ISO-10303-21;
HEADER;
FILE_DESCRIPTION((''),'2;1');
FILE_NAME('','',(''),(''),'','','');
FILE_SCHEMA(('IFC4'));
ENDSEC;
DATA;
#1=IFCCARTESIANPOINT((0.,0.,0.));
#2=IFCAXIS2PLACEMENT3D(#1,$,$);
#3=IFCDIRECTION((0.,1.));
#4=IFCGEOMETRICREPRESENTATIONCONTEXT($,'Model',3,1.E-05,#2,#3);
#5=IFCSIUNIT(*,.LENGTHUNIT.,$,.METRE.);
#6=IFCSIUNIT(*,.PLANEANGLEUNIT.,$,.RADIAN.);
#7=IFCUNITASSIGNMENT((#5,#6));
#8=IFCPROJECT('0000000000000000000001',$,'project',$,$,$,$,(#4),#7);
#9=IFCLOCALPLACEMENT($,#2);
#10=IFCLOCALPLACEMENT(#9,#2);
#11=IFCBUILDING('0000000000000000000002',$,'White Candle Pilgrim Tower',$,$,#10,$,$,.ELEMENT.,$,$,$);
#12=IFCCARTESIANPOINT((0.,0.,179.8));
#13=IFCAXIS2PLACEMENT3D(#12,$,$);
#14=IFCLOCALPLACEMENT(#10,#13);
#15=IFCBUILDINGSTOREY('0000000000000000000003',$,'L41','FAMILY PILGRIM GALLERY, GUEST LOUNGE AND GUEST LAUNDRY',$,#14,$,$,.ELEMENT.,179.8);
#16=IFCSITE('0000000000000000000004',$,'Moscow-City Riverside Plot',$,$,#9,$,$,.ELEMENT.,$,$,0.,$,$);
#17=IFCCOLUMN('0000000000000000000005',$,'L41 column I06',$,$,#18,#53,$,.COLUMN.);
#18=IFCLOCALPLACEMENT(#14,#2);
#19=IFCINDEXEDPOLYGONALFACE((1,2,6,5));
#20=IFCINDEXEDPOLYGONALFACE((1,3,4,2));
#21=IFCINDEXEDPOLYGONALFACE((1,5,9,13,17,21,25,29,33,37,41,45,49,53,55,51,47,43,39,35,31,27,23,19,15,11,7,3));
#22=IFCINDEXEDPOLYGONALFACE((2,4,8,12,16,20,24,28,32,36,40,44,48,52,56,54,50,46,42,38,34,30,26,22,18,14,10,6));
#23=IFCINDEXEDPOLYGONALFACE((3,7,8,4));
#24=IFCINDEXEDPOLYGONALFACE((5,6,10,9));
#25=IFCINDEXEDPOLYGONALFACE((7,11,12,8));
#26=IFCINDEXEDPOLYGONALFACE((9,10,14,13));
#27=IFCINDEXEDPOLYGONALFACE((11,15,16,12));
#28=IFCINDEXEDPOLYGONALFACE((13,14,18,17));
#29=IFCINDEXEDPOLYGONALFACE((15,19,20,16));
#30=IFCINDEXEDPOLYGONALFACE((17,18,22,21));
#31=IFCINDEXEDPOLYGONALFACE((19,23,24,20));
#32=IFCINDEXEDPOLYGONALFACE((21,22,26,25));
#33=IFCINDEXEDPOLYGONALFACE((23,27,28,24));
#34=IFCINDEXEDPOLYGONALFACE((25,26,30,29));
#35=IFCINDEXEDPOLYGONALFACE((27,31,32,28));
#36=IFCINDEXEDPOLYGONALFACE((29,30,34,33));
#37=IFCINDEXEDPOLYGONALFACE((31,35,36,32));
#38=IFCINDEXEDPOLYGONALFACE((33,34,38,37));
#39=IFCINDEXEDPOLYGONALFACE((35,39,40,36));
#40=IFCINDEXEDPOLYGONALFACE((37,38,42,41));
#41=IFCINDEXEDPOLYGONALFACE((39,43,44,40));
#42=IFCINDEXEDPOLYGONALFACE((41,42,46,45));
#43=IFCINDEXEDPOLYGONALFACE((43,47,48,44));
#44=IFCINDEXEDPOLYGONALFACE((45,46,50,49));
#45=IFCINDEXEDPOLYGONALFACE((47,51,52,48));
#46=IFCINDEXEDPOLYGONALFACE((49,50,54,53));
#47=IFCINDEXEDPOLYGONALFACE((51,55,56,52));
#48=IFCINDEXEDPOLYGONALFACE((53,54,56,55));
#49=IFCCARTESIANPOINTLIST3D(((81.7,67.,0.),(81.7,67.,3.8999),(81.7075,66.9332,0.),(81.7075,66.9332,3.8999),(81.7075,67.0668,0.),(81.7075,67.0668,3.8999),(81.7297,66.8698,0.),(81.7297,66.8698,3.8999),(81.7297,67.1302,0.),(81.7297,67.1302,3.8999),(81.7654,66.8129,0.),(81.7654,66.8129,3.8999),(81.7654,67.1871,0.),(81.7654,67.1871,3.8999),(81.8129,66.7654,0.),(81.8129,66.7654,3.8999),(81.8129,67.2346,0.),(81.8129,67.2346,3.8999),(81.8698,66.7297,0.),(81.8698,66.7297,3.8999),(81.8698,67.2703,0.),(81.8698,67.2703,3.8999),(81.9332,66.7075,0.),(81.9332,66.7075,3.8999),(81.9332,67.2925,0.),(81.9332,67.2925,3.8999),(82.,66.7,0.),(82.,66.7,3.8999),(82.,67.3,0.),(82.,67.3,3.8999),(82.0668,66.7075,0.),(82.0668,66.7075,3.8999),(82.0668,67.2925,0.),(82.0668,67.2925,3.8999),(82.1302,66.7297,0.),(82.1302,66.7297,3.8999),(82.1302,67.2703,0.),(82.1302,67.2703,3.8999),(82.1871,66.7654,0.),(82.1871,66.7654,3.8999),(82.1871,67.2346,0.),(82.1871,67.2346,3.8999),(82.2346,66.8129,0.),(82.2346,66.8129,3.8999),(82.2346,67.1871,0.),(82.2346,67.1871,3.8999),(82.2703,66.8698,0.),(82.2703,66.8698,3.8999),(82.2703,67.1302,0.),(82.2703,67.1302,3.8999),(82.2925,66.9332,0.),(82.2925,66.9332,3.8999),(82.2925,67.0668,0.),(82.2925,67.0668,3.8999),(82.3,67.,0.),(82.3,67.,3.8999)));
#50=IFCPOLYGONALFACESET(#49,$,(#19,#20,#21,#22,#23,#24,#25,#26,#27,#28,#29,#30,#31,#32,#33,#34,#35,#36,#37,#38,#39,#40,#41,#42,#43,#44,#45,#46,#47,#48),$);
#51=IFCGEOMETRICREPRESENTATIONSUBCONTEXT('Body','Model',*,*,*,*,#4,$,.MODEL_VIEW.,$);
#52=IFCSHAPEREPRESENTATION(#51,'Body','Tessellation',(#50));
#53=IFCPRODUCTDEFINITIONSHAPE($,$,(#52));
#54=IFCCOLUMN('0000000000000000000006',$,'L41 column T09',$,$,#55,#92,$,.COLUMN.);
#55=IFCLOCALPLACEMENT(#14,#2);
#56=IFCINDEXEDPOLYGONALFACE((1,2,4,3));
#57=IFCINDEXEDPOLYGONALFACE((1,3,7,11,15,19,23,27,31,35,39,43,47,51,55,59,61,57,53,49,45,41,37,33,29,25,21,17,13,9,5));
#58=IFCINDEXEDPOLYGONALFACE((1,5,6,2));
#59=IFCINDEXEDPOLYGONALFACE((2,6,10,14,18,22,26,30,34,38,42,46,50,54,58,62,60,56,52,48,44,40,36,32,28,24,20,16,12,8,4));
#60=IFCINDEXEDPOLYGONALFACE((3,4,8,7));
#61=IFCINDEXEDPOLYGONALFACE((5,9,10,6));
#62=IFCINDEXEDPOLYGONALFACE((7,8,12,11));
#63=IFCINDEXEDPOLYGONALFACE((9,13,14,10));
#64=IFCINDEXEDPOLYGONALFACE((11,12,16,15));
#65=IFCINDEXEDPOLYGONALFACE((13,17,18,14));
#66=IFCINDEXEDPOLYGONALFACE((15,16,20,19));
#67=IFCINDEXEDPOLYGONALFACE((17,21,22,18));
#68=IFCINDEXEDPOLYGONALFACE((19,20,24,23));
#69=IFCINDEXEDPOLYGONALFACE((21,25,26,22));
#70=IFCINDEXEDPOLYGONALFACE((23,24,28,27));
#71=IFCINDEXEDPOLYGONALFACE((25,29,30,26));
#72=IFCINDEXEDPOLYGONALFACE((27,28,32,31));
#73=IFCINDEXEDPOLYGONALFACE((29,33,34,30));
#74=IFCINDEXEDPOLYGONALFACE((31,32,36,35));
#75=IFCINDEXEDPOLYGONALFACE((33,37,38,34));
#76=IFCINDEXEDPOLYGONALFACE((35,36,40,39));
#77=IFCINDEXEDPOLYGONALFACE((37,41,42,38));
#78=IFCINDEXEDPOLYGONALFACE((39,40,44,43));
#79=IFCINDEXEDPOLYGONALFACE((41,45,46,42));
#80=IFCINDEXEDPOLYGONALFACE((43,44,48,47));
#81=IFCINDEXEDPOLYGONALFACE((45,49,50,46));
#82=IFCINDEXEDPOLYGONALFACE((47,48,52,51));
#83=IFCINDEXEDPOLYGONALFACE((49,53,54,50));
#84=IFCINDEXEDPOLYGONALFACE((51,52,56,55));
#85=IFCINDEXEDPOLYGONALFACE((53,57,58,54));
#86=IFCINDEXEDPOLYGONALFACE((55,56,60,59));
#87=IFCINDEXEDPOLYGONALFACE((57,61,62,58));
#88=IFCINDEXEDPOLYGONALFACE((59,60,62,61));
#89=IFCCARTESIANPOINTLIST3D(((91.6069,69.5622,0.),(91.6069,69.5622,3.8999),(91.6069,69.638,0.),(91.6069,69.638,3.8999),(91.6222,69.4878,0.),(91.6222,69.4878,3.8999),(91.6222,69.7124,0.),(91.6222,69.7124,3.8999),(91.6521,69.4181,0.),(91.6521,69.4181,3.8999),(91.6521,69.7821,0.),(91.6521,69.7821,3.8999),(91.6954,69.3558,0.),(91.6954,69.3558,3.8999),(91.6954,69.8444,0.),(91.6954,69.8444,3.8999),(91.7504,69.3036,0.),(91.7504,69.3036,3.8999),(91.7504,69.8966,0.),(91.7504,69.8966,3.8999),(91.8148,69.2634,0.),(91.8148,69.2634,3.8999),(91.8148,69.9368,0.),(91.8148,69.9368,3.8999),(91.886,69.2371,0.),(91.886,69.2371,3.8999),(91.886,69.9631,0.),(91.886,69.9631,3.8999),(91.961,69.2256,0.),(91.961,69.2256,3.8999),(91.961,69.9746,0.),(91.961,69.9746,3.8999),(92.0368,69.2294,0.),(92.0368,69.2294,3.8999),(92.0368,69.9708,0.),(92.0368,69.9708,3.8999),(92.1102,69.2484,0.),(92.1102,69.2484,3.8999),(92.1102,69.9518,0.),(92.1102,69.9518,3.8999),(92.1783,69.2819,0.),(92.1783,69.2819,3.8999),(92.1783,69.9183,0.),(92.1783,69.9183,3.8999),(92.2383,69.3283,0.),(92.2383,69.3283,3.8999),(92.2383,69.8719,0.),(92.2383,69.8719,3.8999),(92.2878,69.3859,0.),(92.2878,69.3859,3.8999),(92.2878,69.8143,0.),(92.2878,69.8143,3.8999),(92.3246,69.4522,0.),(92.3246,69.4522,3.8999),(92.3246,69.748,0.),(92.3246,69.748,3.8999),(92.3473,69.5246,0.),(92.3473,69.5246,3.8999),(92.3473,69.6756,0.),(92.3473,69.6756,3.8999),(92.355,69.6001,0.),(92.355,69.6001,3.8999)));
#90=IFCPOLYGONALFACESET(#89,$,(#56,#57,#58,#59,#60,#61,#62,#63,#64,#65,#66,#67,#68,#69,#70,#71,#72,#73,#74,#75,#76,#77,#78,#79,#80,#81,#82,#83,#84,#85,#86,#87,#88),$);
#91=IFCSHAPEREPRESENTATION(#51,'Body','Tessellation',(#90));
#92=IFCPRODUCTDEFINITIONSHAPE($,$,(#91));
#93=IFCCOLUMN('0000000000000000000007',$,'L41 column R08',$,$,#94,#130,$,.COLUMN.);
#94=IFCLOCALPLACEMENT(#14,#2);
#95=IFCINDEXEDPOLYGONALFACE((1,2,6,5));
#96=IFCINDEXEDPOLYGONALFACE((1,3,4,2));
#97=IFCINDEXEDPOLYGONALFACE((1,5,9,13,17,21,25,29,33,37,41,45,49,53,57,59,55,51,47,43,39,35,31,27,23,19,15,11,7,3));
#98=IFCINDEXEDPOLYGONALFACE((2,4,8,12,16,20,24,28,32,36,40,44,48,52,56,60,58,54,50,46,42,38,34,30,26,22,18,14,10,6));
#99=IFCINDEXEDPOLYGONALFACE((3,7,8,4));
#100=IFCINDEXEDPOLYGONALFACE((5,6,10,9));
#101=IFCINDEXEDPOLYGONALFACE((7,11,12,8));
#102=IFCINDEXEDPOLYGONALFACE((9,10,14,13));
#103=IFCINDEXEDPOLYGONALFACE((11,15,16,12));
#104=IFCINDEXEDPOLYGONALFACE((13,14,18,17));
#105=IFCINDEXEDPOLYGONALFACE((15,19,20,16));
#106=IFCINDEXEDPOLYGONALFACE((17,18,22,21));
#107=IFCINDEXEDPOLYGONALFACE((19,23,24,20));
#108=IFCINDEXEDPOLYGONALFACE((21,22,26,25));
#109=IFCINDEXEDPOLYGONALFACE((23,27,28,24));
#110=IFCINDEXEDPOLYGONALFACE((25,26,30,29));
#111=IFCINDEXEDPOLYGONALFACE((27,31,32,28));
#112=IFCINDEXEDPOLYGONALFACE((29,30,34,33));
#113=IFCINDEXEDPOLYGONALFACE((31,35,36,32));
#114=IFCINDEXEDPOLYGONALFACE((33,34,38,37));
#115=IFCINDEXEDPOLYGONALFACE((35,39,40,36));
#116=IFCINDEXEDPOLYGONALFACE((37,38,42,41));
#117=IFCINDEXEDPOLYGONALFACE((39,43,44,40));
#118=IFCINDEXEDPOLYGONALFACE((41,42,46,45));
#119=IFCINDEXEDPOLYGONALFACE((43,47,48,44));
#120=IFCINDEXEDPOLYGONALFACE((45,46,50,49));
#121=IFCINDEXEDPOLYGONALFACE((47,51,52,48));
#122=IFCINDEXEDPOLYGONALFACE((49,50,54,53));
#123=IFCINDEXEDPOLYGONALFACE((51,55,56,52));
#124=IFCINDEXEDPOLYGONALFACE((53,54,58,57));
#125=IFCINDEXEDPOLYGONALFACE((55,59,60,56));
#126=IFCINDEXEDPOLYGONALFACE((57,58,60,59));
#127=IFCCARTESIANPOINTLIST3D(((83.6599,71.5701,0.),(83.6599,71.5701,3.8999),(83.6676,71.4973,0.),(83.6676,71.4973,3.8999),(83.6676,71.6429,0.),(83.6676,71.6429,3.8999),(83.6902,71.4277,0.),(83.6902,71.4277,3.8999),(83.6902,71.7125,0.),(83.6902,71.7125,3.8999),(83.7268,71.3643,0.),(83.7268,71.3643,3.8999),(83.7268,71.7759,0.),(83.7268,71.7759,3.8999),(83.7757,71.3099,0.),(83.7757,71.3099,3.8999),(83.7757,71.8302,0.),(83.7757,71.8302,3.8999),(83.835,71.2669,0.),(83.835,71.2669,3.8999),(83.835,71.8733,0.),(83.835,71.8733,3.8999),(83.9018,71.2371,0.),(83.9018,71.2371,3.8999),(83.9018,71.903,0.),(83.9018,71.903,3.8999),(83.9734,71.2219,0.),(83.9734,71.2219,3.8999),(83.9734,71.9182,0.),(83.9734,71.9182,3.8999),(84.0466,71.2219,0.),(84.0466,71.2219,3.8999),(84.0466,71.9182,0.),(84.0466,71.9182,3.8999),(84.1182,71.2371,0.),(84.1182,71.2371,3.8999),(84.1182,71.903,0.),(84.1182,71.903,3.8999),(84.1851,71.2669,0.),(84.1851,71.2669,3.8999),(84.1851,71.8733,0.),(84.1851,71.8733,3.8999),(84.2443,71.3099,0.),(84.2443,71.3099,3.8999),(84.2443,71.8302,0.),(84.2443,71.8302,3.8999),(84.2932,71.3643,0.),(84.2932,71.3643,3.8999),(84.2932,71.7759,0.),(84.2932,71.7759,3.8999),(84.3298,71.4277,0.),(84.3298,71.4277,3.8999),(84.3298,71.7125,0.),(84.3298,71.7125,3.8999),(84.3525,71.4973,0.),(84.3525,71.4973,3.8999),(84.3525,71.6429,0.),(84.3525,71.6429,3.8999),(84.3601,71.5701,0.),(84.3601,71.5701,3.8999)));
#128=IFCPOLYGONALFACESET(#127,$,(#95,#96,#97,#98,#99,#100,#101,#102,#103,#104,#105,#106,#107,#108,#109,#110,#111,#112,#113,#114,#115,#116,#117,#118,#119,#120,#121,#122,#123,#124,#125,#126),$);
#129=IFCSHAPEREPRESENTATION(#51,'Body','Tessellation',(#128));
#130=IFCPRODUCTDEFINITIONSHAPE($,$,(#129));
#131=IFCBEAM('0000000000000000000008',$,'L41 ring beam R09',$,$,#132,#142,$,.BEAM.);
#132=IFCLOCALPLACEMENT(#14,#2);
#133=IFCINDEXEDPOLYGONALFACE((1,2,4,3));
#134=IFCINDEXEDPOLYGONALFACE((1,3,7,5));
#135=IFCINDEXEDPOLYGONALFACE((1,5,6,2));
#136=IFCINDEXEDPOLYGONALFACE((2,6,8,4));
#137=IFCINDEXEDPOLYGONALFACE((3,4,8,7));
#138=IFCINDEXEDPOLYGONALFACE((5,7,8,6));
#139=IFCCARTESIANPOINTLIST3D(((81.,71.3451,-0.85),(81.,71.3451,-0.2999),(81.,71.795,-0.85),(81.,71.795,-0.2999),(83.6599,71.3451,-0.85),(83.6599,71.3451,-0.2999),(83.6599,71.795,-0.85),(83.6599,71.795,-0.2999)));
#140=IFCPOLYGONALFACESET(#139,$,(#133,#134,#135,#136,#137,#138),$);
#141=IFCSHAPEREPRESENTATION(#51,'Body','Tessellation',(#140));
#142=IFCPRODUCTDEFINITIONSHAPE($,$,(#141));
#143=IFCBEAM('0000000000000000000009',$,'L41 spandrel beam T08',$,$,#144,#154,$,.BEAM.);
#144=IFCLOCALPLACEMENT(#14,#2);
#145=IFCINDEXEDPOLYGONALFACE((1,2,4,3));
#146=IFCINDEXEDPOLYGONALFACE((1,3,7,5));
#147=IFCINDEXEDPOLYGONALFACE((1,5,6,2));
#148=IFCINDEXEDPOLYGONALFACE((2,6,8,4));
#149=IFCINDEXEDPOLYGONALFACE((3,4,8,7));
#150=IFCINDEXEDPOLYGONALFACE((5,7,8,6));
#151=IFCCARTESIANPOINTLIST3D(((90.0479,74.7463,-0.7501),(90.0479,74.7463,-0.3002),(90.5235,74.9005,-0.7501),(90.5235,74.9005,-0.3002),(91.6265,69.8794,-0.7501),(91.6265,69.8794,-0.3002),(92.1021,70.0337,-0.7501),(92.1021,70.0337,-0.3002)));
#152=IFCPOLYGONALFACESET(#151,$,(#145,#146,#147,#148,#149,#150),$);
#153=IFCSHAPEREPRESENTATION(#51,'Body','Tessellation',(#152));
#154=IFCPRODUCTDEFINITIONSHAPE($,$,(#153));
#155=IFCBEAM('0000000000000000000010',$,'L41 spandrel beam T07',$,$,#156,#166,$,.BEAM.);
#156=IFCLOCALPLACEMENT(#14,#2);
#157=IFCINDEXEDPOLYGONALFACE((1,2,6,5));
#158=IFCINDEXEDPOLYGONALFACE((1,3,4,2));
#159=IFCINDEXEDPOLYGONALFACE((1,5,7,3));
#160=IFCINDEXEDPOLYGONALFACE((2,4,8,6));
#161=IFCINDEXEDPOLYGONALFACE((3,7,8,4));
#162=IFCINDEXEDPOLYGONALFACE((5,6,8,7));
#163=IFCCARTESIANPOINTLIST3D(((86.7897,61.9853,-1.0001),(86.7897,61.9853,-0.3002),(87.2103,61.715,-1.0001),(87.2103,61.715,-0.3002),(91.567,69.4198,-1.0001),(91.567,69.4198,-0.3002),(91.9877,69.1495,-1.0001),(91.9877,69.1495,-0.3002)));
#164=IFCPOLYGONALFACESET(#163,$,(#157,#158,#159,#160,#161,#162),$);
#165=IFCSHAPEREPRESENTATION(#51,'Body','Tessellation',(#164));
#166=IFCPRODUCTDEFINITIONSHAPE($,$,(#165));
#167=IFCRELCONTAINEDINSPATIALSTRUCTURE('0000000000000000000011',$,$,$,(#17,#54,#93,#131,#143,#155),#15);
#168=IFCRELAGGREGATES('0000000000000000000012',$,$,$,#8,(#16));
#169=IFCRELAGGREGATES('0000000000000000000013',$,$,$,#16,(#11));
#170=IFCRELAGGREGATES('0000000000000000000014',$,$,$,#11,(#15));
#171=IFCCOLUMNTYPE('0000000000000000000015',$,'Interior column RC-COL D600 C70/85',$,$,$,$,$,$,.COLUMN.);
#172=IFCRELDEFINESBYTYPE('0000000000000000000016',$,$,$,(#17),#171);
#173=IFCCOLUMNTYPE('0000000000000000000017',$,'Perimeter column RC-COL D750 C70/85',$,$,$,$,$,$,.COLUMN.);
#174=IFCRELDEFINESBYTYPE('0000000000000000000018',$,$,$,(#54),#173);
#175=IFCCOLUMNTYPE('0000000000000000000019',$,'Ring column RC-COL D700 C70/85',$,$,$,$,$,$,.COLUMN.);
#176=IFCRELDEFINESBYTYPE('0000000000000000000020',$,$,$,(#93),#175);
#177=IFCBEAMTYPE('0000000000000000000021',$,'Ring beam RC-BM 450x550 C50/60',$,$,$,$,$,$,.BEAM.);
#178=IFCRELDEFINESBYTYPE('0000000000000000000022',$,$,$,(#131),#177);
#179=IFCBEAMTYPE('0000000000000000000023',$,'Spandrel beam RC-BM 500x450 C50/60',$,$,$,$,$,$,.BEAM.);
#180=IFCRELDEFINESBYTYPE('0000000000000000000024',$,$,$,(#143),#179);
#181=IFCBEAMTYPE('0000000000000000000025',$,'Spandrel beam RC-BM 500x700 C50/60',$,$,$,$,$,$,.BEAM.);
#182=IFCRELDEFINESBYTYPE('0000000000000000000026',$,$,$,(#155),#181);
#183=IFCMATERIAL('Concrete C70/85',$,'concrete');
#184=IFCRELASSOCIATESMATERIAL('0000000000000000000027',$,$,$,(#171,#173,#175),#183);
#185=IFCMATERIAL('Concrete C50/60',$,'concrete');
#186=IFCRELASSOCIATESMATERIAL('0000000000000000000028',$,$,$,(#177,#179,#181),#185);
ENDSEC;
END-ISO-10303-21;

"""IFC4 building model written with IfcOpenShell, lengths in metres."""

from ifc_helpers import new_model, si_unit, direction, frame, origin, origin_2d, place, context, subcontext, project, spatial, rectangle, circle, extrude, material, material_profile, profile_set, type_object, element, save


model = new_model("IFC4")

# Units and contexts
model_context = context("Model", 3, precision=1e-05, world=origin(), true_north=direction((0.0, 1.0)))
body_context = subcontext(model_context, "Body", "Model", "MODEL_VIEW")
ifc_project = project(units=[si_unit("LENGTHUNIT", "METRE"), si_unit("PLANEANGLEUNIT", "RADIAN")], contexts=[model_context])

# Site, building, storey
site_placement = place(None, origin())
site = spatial("IfcSite", under=ifc_project, at=site_placement, Name="Moscow-City Riverside Plot", CompositionType="ELEMENT", RefElevation=0.0)
building_placement = place(site_placement, origin())
building = spatial("IfcBuilding", under=site, at=building_placement, Name="White Candle Pilgrim Tower", CompositionType="ELEMENT")
storey_placement = place(building_placement, frame((0.0, 0.0, 179.8)))
storey = spatial("IfcBuildingStorey", under=building, at=storey_placement, Name="L41", Description="FAMILY PILGRIM GALLERY, GUEST LOUNGE AND GUEST LAUNDRY", CompositionType="ELEMENT", Elevation=179.8)

# Columns
ifc_material_1 = material(Name="Concrete C70/85", Category="concrete")
ifc_material_profile_1 = material_profile(ifc_material_1, circle(Radius=0.3, at=origin_2d()), Name="RC-COL D600")
ifc_profile_set_1 = profile_set([ifc_material_profile_1], Name="Concrete C70/85")
column_type_1 = type_object("IfcColumnType", Name="Interior column RC-COL D600 C70/85", PredefinedType="COLUMN", material=ifc_profile_set_1)
column_1_placement = place(storey_placement, frame((82.0, 67.0, 0.0), z_axis=(0.0, 0.0, 1.0), x_axis=(1.0, 0.0, 0.0)))
element("IfcColumn", 1, at=column_1_placement, inside=storey, type_object=column_type_1, Name="L41 column I06", PredefinedType="COLUMN", context=body_context, shape_type="SweptSolid", body=[
    extrude(circle(Radius=0.3, at=origin_2d()), origin(), (0.0, 0.0, 1.0), 3.8999),
])
ifc_material_profile_2 = material_profile(ifc_material_1, circle(Radius=0.375, at=origin_2d()), Name="RC-COL D750")
ifc_profile_set_2 = profile_set([ifc_material_profile_2], Name="Concrete C70/85")
column_type_2 = type_object("IfcColumnType", Name="Perimeter column RC-COL D750 C70/85", PredefinedType="COLUMN", material=ifc_profile_set_2)
column_2_placement = place(storey_placement, frame((91.98, 69.6001, 0.0), z_axis=(0.0, 0.0, 1.0), x_axis=(1.0, 0.0, 0.0)))
element("IfcColumn", 2, at=column_2_placement, inside=storey, type_object=column_type_2, Name="L41 column T09", PredefinedType="COLUMN", context=body_context, shape_type="SweptSolid", body=[
    extrude(circle(Radius=0.375, at=origin_2d()), origin(), (0.0, 0.0, 1.0), 3.8999),
])
ifc_material_profile_3 = material_profile(ifc_material_1, circle(Radius=0.3501, at=origin_2d()), Name="RC-COL D700")
ifc_profile_set_3 = profile_set([ifc_material_profile_3], Name="Concrete C70/85")
column_type_3 = type_object("IfcColumnType", Name="Ring column RC-COL D700 C70/85", PredefinedType="COLUMN", material=ifc_profile_set_3)
column_3_placement = place(storey_placement, frame((84.01, 71.5701, 0.0), z_axis=(0.0, 0.0, 1.0), x_axis=(1.0, 0.0, 0.0)))
element("IfcColumn", 3, at=column_3_placement, inside=storey, type_object=column_type_3, Name="L41 column R08", PredefinedType="COLUMN", context=body_context, shape_type="SweptSolid", body=[
    extrude(circle(Radius=0.3501, at=origin_2d()), origin(), (0.0, 0.0, 1.0), 3.8999),
])

# Beams
ifc_material_2 = material(Name="Concrete C50/60", Category="concrete")
ifc_material_profile_4 = material_profile(ifc_material_2, rectangle(XDim=0.45, YDim=0.55, at=origin_2d()), Name="RC-BM 450x550")
ifc_profile_set_4 = profile_set([ifc_material_profile_4], Name="Concrete C50/60")
beam_type_1 = type_object("IfcBeamType", Name="Ring beam RC-BM 450x550 C50/60", PredefinedType="BEAM", material=ifc_profile_set_4)
beam_1_placement = place(storey_placement, frame((83.6599, 71.5701, -0.575), z_axis=(-1.0, 0.0, 0.0), x_axis=(0.0, -1.0, 0.0)))
element("IfcBeam", 4, at=beam_1_placement, inside=storey, type_object=beam_type_1, Name="L41 ring beam R09", PredefinedType="BEAM", context=body_context, shape_type="SweptSolid", body=[
    extrude(rectangle(XDim=0.45, YDim=0.55, at=origin_2d()), origin(), (0.0, 0.0, 1.0), 2.6599),
])
ifc_material_profile_5 = material_profile(ifc_material_2, rectangle(XDim=0.5, YDim=0.45, at=origin_2d()), Name="RC-BM 500x450")
ifc_profile_set_5 = profile_set([ifc_material_profile_5], Name="Concrete C50/60")
beam_type_2 = type_object("IfcBeamType", Name="Spandrel beam RC-BM 500x450 C50/60", PredefinedType="BEAM", material=ifc_profile_set_5)
beam_2_placement = place(storey_placement, frame((91.8643, 69.9565, -0.5251), z_axis=(-0.30853, 0.951214, 0.0), x_axis=(-0.951214, -0.30853, 0.0)))
element("IfcBeam", 5, at=beam_2_placement, inside=storey, type_object=beam_type_2, Name="L41 spandrel beam T08", PredefinedType="BEAM", context=body_context, shape_type="SweptSolid", body=[
    extrude(rectangle(XDim=0.5, YDim=0.45, at=origin_2d()), origin(), (0.0, 0.0, 1.0), 5.1165),
])
ifc_material_profile_6 = material_profile(ifc_material_2, rectangle(XDim=0.5, YDim=0.7, at=origin_2d()), Name="RC-BM 500x700")
ifc_profile_set_6 = profile_set([ifc_material_profile_6], Name="Concrete C50/60")
beam_type_3 = type_object("IfcBeamType", Name="Spandrel beam RC-BM 500x700 C50/60", PredefinedType="BEAM", material=ifc_profile_set_6)
beam_3_placement = place(storey_placement, frame((91.7773, 69.2847, -0.6501), z_axis=(-0.540596, -0.841283, 0.0), x_axis=(0.841283, -0.540596, 0.0)))
element("IfcBeam", 6, at=beam_3_placement, inside=storey, type_object=beam_type_3, Name="L41 spandrel beam T07", PredefinedType="BEAM", context=body_context, shape_type="SweptSolid", body=[
    extrude(rectangle(XDim=0.5, YDim=0.7, at=origin_2d()), origin(), (0.0, 0.0, 1.0), 8.8372),
])

save(model, "model.ifc")
